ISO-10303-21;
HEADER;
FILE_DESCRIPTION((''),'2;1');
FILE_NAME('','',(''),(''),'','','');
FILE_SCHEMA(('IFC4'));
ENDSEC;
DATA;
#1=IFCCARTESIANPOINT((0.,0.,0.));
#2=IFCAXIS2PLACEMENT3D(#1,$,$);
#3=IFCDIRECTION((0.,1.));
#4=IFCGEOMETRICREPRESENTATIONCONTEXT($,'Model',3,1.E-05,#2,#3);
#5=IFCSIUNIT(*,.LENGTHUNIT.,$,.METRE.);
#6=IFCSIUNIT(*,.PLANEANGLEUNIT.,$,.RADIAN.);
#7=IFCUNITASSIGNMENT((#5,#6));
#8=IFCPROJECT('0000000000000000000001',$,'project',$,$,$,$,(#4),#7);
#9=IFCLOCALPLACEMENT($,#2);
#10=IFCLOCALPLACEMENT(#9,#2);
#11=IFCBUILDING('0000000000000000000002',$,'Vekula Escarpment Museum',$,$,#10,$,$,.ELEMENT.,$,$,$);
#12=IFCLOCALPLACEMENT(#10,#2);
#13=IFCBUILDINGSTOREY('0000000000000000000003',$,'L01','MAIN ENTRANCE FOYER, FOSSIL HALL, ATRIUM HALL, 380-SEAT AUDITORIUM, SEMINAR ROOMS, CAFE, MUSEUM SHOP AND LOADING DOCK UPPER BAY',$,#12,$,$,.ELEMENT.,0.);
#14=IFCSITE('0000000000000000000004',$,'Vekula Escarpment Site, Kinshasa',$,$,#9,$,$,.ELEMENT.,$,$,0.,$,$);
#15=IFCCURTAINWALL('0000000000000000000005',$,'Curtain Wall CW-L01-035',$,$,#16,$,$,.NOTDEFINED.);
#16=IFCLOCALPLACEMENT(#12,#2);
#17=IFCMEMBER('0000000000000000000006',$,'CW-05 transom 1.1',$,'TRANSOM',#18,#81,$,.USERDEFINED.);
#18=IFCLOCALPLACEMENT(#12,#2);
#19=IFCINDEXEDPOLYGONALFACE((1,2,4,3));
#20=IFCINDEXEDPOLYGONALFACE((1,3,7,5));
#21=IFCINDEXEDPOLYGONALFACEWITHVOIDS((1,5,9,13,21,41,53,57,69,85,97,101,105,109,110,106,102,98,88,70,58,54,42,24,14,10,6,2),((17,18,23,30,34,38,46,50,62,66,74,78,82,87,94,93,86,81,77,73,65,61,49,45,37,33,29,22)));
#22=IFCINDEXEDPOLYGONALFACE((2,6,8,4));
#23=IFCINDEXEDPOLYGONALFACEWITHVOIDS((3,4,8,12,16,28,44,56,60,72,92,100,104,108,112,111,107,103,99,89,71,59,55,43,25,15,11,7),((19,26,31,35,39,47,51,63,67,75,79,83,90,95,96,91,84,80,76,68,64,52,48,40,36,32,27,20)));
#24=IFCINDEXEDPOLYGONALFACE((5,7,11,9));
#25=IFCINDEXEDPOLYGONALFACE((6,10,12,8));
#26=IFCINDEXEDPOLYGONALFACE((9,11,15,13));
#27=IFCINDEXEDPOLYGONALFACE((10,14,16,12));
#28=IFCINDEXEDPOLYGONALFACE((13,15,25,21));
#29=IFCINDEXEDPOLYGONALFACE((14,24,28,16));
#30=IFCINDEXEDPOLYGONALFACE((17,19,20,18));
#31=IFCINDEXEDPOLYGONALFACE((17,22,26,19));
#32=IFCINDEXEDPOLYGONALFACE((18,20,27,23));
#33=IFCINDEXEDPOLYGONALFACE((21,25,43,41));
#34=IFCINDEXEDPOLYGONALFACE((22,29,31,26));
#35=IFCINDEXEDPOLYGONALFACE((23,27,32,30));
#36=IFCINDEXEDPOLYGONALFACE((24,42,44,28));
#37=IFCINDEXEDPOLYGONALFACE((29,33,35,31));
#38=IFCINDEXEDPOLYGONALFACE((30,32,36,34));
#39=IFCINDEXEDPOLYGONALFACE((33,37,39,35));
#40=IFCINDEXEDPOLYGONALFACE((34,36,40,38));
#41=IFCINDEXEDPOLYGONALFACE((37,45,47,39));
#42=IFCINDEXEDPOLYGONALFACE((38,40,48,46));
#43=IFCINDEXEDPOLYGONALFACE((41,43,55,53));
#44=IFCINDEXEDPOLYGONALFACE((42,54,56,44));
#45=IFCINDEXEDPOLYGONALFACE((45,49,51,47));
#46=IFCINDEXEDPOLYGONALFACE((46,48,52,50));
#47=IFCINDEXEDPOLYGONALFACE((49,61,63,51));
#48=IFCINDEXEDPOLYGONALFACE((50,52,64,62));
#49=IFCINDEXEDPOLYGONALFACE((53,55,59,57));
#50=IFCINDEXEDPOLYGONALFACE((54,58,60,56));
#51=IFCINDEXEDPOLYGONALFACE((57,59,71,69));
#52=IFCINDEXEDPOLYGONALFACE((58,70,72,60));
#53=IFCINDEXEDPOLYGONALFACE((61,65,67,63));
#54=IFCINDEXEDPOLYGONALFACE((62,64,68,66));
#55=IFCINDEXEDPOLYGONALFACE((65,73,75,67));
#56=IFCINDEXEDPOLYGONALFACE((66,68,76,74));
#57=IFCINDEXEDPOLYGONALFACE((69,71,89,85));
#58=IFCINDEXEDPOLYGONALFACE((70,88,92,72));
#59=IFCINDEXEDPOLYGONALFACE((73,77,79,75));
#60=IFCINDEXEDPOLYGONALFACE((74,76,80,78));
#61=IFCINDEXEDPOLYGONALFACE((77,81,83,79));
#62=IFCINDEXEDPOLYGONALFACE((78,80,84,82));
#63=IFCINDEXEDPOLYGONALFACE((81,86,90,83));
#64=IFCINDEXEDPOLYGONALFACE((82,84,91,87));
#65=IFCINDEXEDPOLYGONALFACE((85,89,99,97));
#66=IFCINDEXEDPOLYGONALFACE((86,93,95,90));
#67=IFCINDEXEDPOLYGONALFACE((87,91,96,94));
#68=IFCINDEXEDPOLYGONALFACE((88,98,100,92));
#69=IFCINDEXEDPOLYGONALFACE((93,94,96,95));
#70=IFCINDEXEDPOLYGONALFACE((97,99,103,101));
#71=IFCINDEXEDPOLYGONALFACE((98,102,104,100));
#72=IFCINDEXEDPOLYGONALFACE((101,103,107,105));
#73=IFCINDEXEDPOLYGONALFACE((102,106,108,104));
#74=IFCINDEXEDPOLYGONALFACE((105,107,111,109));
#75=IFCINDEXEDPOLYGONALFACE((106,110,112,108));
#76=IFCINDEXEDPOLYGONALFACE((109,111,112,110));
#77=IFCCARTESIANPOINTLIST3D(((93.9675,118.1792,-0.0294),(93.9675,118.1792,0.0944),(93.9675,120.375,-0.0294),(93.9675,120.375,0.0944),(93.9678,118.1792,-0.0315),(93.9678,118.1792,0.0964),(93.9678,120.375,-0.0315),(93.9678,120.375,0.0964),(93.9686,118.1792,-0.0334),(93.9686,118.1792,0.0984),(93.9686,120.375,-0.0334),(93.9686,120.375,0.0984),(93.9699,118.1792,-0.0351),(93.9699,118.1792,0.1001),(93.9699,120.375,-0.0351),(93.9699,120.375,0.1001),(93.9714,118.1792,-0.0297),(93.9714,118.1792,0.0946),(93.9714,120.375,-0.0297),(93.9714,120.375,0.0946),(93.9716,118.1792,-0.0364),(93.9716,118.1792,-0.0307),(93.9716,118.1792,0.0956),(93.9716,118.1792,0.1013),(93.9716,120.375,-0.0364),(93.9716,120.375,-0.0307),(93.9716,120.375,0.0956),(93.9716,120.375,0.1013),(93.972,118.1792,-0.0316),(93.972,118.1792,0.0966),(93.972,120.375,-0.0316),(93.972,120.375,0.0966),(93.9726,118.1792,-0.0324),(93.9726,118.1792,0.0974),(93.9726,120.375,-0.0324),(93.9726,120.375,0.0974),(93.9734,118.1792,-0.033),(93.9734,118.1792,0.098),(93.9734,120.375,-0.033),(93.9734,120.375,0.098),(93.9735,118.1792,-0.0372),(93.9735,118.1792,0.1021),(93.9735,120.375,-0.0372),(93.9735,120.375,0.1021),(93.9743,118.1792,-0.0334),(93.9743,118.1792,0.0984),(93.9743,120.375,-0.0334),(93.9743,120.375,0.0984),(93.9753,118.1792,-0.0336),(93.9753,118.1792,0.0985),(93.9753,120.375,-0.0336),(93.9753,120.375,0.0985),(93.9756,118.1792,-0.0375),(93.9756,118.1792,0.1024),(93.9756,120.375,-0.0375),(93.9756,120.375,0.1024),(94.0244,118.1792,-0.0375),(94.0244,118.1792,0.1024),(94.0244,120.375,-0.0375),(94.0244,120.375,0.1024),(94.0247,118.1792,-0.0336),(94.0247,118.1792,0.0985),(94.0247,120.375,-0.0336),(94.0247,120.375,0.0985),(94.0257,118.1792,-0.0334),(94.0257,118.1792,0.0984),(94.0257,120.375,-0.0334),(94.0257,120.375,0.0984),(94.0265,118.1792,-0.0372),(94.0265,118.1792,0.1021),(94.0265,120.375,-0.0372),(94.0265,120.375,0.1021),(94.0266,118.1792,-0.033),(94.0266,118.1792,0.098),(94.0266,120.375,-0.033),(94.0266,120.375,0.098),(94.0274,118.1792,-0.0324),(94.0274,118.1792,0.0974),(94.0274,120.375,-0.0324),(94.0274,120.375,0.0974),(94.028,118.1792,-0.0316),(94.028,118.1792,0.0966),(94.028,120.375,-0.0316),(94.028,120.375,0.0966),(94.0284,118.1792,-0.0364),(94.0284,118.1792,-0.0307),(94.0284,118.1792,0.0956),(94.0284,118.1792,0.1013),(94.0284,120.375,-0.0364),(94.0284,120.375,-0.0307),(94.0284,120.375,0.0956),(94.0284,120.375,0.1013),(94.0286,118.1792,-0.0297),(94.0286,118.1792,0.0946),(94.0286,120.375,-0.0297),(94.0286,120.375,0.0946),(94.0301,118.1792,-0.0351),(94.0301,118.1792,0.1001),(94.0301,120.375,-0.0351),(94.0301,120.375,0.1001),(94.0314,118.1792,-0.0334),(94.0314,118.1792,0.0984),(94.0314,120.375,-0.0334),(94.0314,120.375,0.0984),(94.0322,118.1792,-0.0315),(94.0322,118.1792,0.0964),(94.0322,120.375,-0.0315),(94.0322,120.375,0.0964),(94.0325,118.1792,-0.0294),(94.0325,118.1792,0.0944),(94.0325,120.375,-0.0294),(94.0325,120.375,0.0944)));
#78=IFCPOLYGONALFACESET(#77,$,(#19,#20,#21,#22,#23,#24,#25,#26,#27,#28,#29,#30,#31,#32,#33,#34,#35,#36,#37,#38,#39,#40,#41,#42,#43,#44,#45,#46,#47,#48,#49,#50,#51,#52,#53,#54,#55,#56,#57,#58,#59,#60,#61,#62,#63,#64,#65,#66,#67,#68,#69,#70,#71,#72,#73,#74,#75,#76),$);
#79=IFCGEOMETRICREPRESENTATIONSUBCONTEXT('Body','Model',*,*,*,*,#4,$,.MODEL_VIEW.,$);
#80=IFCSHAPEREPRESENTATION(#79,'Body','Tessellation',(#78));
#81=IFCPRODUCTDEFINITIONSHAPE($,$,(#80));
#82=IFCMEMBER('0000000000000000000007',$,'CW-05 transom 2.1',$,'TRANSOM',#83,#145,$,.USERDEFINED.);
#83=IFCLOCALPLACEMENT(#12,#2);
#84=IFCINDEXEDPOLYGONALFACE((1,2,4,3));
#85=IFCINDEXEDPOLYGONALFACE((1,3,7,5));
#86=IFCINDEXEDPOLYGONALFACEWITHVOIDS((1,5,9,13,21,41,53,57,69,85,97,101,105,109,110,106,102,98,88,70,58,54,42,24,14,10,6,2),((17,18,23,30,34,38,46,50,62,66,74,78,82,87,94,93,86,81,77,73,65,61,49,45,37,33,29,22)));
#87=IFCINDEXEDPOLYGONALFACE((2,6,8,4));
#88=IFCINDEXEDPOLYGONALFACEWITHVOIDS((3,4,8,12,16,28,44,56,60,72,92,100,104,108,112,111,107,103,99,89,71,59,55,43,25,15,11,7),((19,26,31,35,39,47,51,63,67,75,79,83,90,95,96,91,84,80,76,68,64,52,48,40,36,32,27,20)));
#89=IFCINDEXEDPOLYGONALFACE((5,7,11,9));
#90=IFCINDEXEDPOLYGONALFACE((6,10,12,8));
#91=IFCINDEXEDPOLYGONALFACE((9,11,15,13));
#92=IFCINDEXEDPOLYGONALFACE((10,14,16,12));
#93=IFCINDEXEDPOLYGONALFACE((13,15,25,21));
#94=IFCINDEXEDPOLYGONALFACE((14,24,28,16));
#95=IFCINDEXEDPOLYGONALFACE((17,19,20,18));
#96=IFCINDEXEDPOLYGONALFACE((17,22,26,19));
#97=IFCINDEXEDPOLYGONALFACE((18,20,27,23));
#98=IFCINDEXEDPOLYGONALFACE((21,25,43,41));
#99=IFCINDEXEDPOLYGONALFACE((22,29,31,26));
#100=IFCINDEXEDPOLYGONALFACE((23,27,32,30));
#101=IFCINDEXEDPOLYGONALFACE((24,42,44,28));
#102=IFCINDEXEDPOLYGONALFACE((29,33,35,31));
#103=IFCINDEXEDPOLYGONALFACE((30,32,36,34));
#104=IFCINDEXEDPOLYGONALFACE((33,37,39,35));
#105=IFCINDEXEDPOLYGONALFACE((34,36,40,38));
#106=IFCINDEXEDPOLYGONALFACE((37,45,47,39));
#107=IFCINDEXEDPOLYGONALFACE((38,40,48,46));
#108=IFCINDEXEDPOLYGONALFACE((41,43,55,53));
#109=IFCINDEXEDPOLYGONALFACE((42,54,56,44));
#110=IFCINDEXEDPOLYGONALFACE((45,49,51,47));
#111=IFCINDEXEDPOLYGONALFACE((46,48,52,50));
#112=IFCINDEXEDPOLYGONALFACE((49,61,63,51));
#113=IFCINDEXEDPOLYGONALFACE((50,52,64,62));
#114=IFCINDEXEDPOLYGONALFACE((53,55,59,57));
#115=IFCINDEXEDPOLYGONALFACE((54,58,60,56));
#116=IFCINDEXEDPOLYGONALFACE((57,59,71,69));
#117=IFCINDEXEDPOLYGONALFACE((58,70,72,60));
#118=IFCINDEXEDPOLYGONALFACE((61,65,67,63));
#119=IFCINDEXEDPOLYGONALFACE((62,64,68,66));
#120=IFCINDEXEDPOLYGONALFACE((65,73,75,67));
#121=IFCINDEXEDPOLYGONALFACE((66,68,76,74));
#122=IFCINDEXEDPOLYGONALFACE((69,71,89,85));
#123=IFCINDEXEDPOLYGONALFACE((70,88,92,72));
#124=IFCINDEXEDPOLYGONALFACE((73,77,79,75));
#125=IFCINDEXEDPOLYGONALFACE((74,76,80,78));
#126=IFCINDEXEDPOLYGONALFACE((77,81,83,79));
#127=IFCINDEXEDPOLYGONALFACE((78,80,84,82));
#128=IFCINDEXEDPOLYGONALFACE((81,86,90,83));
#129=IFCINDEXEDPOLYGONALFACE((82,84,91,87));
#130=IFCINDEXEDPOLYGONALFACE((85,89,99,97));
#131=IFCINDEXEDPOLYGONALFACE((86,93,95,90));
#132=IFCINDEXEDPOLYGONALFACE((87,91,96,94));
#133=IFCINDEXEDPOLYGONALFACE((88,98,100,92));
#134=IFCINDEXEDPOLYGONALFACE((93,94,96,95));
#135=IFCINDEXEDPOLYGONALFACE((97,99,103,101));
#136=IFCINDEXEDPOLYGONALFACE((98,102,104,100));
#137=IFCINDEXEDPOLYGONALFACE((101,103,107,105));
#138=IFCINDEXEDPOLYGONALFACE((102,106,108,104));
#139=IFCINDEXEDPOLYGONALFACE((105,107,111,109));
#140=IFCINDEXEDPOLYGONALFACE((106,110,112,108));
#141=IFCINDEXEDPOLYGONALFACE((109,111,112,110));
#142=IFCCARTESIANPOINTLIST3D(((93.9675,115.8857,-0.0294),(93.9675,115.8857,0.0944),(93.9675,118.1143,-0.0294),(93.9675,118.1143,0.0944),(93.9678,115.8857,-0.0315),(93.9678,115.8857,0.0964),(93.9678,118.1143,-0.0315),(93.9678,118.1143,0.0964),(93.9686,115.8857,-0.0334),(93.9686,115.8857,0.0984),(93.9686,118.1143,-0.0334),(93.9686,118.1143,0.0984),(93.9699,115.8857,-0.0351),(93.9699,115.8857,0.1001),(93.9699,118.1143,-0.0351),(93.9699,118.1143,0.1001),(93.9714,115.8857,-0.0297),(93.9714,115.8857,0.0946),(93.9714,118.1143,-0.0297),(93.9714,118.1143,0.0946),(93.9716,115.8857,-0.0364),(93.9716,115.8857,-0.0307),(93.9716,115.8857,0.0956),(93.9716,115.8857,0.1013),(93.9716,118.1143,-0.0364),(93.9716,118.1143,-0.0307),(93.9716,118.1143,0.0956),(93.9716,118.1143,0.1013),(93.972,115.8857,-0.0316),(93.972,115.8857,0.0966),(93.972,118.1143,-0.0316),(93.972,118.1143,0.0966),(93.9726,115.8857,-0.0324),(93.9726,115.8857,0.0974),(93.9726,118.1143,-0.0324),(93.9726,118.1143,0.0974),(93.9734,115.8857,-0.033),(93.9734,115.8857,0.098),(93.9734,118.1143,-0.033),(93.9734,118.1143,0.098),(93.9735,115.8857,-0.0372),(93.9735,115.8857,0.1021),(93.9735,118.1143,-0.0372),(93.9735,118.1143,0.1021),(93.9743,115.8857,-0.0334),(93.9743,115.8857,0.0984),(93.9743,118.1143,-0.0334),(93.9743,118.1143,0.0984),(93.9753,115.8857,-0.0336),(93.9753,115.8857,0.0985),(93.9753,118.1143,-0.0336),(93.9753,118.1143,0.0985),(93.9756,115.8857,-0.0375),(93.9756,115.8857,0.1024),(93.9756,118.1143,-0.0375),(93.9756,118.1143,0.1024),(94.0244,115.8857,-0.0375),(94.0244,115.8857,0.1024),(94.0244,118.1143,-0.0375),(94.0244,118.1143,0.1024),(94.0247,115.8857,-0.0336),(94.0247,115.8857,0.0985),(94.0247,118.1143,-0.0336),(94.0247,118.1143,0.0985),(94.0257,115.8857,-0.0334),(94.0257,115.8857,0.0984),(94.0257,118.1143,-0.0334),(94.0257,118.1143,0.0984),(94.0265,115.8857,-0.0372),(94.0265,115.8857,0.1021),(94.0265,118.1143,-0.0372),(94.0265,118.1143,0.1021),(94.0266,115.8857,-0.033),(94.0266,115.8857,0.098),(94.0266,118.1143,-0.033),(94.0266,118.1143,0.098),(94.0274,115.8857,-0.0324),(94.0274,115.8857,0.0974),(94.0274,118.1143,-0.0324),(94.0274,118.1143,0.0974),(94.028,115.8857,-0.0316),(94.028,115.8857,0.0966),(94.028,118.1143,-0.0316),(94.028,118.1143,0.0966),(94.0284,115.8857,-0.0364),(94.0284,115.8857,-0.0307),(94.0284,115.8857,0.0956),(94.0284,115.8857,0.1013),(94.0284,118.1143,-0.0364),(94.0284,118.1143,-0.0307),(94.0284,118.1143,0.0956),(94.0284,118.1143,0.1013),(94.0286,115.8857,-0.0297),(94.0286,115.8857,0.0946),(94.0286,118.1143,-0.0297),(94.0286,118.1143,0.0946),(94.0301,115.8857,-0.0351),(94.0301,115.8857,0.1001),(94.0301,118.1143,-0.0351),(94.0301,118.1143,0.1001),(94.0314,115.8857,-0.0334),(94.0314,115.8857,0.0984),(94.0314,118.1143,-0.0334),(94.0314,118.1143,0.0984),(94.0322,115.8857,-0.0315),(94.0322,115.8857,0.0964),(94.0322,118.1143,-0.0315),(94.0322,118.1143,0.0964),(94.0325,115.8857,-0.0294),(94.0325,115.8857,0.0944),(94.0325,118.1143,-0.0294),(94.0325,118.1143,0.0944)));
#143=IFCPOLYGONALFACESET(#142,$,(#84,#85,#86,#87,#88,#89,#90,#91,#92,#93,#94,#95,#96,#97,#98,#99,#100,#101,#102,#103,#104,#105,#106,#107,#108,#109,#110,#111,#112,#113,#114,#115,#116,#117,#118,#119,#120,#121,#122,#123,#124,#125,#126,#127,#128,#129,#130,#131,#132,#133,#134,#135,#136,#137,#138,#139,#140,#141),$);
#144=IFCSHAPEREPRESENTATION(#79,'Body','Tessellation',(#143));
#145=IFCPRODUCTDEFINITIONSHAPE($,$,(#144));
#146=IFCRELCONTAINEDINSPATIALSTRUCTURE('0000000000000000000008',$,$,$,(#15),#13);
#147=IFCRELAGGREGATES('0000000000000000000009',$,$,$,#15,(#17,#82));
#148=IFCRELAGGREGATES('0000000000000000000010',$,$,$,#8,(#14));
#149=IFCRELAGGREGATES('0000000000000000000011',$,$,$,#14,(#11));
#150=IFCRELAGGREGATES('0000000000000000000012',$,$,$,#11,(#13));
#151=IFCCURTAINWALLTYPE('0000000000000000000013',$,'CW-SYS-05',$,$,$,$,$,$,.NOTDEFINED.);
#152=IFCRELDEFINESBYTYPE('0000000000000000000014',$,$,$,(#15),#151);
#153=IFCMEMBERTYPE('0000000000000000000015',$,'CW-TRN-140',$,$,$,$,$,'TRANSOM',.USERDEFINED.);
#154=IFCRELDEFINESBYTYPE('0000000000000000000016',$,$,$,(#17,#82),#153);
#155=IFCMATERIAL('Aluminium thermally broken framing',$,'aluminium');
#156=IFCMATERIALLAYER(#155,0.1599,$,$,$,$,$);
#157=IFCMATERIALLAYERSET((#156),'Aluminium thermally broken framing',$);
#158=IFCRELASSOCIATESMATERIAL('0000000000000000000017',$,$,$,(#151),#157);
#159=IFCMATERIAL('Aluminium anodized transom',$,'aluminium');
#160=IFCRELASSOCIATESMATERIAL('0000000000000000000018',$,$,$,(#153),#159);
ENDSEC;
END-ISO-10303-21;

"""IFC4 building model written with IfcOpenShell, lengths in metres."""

from ifc_helpers import new_model, si_unit, direction, frame, origin, origin_2d, place, context, subcontext, project, spatial, hollow_rectangle, extrude, material, layer, layer_set, material_profile, profile_set, type_object, element, aggregate, save


model = new_model("IFC4")

# Units and contexts
model_context = context("Model", 3, precision=1e-05, world=origin(), true_north=direction((0.0, 1.0)))
body_context = subcontext(model_context, "Body", "Model", "MODEL_VIEW")
ifc_project = project(units=[si_unit("LENGTHUNIT", "METRE"), si_unit("PLANEANGLEUNIT", "RADIAN")], contexts=[model_context])

# Site, building, storey
site_placement = place(None, origin())
site = spatial("IfcSite", under=ifc_project, at=site_placement, Name="Vekula Escarpment Site, Kinshasa", CompositionType="ELEMENT", RefElevation=0.0)
building_placement = place(site_placement, origin())
building = spatial("IfcBuilding", under=site, at=building_placement, Name="Vekula Escarpment Museum", CompositionType="ELEMENT")
storey_placement = place(building_placement, origin())
storey = spatial("IfcBuildingStorey", under=building, at=storey_placement, Name="L01", Description="MAIN ENTRANCE FOYER, FOSSIL HALL, ATRIUM HALL, 380-SEAT AUDITORIUM, SEMINAR ROOMS, CAFE, MUSEUM SHOP AND LOADING DOCK UPPER BAY", CompositionType="ELEMENT", Elevation=0.0)

# Curtain wall
ifc_material_1 = material(Name="Aluminium thermally broken framing", Category="aluminium")
ifc_layer_1 = layer(ifc_material_1, 0.1599)
ifc_layer_set_1 = layer_set([ifc_layer_1], Name="Aluminium thermally broken framing")
curtain_wall_type_1 = type_object("IfcCurtainWallType", Name="CW-SYS-05", PredefinedType="NOTDEFINED", material=ifc_layer_set_1)
curtain_wall_1_placement = place(storey_placement, origin())
curtain_wall_1 = element("IfcCurtainWall", 1, at=curtain_wall_1_placement, inside=storey, type_object=curtain_wall_type_1, Name="Curtain Wall CW-L01-035", PredefinedType="NOTDEFINED")

# Members
ifc_material_2 = material(Name="Aluminium anodized transom", Category="aluminium")
ifc_material_profile_1 = material_profile(ifc_material_2, hollow_rectangle(XDim=0.0649, YDim=0.1399, WallThickness=0.0039, InnerFilletRadius=0.0039, OuterFilletRadius=0.0081, at=origin_2d()), Name="ALU 140x65x4")
ifc_profile_set_1 = profile_set([ifc_material_profile_1], Name="Aluminium anodized transom")
member_type_1 = type_object("IfcMemberType", Name="CW-TRN-140", ElementType="TRANSOM", PredefinedType="USERDEFINED", material=ifc_profile_set_1)
member_1_placement = place(storey_placement, frame((94.0, 120.375, 0.0325), z_axis=(0.0, -1.0, 0.0), x_axis=(1.0, 0.0, 0.0)))
member_1 = element("IfcMember", 2, at=member_1_placement, type_object=member_type_1, Name="CW-05 transom 1.1", ObjectType="TRANSOM", PredefinedType="USERDEFINED", context=body_context, shape_type="SweptSolid", body=[
    extrude(hollow_rectangle(XDim=0.0649, YDim=0.1399, WallThickness=0.0039, InnerFilletRadius=0.0039, OuterFilletRadius=0.0081, at=origin_2d()), origin(), (0.0, 0.0, 1.0), 2.1958),
])
member_2_placement = place(storey_placement, frame((94.0, 118.1143, 0.0325), z_axis=(0.0, -1.0, 0.0), x_axis=(1.0, 0.0, 0.0)))
member_2 = element("IfcMember", 3, at=member_2_placement, type_object=member_type_1, Name="CW-05 transom 2.1", ObjectType="TRANSOM", PredefinedType="USERDEFINED", context=body_context, shape_type="SweptSolid", body=[
    extrude(hollow_rectangle(XDim=0.0649, YDim=0.1399, WallThickness=0.0039, InnerFilletRadius=0.0039, OuterFilletRadius=0.0081, at=origin_2d()), origin(), (0.0, 0.0, 1.0), 2.2285),
])

aggregate(curtain_wall_1, [member_1, member_2])

save(model, "model.ifc")
